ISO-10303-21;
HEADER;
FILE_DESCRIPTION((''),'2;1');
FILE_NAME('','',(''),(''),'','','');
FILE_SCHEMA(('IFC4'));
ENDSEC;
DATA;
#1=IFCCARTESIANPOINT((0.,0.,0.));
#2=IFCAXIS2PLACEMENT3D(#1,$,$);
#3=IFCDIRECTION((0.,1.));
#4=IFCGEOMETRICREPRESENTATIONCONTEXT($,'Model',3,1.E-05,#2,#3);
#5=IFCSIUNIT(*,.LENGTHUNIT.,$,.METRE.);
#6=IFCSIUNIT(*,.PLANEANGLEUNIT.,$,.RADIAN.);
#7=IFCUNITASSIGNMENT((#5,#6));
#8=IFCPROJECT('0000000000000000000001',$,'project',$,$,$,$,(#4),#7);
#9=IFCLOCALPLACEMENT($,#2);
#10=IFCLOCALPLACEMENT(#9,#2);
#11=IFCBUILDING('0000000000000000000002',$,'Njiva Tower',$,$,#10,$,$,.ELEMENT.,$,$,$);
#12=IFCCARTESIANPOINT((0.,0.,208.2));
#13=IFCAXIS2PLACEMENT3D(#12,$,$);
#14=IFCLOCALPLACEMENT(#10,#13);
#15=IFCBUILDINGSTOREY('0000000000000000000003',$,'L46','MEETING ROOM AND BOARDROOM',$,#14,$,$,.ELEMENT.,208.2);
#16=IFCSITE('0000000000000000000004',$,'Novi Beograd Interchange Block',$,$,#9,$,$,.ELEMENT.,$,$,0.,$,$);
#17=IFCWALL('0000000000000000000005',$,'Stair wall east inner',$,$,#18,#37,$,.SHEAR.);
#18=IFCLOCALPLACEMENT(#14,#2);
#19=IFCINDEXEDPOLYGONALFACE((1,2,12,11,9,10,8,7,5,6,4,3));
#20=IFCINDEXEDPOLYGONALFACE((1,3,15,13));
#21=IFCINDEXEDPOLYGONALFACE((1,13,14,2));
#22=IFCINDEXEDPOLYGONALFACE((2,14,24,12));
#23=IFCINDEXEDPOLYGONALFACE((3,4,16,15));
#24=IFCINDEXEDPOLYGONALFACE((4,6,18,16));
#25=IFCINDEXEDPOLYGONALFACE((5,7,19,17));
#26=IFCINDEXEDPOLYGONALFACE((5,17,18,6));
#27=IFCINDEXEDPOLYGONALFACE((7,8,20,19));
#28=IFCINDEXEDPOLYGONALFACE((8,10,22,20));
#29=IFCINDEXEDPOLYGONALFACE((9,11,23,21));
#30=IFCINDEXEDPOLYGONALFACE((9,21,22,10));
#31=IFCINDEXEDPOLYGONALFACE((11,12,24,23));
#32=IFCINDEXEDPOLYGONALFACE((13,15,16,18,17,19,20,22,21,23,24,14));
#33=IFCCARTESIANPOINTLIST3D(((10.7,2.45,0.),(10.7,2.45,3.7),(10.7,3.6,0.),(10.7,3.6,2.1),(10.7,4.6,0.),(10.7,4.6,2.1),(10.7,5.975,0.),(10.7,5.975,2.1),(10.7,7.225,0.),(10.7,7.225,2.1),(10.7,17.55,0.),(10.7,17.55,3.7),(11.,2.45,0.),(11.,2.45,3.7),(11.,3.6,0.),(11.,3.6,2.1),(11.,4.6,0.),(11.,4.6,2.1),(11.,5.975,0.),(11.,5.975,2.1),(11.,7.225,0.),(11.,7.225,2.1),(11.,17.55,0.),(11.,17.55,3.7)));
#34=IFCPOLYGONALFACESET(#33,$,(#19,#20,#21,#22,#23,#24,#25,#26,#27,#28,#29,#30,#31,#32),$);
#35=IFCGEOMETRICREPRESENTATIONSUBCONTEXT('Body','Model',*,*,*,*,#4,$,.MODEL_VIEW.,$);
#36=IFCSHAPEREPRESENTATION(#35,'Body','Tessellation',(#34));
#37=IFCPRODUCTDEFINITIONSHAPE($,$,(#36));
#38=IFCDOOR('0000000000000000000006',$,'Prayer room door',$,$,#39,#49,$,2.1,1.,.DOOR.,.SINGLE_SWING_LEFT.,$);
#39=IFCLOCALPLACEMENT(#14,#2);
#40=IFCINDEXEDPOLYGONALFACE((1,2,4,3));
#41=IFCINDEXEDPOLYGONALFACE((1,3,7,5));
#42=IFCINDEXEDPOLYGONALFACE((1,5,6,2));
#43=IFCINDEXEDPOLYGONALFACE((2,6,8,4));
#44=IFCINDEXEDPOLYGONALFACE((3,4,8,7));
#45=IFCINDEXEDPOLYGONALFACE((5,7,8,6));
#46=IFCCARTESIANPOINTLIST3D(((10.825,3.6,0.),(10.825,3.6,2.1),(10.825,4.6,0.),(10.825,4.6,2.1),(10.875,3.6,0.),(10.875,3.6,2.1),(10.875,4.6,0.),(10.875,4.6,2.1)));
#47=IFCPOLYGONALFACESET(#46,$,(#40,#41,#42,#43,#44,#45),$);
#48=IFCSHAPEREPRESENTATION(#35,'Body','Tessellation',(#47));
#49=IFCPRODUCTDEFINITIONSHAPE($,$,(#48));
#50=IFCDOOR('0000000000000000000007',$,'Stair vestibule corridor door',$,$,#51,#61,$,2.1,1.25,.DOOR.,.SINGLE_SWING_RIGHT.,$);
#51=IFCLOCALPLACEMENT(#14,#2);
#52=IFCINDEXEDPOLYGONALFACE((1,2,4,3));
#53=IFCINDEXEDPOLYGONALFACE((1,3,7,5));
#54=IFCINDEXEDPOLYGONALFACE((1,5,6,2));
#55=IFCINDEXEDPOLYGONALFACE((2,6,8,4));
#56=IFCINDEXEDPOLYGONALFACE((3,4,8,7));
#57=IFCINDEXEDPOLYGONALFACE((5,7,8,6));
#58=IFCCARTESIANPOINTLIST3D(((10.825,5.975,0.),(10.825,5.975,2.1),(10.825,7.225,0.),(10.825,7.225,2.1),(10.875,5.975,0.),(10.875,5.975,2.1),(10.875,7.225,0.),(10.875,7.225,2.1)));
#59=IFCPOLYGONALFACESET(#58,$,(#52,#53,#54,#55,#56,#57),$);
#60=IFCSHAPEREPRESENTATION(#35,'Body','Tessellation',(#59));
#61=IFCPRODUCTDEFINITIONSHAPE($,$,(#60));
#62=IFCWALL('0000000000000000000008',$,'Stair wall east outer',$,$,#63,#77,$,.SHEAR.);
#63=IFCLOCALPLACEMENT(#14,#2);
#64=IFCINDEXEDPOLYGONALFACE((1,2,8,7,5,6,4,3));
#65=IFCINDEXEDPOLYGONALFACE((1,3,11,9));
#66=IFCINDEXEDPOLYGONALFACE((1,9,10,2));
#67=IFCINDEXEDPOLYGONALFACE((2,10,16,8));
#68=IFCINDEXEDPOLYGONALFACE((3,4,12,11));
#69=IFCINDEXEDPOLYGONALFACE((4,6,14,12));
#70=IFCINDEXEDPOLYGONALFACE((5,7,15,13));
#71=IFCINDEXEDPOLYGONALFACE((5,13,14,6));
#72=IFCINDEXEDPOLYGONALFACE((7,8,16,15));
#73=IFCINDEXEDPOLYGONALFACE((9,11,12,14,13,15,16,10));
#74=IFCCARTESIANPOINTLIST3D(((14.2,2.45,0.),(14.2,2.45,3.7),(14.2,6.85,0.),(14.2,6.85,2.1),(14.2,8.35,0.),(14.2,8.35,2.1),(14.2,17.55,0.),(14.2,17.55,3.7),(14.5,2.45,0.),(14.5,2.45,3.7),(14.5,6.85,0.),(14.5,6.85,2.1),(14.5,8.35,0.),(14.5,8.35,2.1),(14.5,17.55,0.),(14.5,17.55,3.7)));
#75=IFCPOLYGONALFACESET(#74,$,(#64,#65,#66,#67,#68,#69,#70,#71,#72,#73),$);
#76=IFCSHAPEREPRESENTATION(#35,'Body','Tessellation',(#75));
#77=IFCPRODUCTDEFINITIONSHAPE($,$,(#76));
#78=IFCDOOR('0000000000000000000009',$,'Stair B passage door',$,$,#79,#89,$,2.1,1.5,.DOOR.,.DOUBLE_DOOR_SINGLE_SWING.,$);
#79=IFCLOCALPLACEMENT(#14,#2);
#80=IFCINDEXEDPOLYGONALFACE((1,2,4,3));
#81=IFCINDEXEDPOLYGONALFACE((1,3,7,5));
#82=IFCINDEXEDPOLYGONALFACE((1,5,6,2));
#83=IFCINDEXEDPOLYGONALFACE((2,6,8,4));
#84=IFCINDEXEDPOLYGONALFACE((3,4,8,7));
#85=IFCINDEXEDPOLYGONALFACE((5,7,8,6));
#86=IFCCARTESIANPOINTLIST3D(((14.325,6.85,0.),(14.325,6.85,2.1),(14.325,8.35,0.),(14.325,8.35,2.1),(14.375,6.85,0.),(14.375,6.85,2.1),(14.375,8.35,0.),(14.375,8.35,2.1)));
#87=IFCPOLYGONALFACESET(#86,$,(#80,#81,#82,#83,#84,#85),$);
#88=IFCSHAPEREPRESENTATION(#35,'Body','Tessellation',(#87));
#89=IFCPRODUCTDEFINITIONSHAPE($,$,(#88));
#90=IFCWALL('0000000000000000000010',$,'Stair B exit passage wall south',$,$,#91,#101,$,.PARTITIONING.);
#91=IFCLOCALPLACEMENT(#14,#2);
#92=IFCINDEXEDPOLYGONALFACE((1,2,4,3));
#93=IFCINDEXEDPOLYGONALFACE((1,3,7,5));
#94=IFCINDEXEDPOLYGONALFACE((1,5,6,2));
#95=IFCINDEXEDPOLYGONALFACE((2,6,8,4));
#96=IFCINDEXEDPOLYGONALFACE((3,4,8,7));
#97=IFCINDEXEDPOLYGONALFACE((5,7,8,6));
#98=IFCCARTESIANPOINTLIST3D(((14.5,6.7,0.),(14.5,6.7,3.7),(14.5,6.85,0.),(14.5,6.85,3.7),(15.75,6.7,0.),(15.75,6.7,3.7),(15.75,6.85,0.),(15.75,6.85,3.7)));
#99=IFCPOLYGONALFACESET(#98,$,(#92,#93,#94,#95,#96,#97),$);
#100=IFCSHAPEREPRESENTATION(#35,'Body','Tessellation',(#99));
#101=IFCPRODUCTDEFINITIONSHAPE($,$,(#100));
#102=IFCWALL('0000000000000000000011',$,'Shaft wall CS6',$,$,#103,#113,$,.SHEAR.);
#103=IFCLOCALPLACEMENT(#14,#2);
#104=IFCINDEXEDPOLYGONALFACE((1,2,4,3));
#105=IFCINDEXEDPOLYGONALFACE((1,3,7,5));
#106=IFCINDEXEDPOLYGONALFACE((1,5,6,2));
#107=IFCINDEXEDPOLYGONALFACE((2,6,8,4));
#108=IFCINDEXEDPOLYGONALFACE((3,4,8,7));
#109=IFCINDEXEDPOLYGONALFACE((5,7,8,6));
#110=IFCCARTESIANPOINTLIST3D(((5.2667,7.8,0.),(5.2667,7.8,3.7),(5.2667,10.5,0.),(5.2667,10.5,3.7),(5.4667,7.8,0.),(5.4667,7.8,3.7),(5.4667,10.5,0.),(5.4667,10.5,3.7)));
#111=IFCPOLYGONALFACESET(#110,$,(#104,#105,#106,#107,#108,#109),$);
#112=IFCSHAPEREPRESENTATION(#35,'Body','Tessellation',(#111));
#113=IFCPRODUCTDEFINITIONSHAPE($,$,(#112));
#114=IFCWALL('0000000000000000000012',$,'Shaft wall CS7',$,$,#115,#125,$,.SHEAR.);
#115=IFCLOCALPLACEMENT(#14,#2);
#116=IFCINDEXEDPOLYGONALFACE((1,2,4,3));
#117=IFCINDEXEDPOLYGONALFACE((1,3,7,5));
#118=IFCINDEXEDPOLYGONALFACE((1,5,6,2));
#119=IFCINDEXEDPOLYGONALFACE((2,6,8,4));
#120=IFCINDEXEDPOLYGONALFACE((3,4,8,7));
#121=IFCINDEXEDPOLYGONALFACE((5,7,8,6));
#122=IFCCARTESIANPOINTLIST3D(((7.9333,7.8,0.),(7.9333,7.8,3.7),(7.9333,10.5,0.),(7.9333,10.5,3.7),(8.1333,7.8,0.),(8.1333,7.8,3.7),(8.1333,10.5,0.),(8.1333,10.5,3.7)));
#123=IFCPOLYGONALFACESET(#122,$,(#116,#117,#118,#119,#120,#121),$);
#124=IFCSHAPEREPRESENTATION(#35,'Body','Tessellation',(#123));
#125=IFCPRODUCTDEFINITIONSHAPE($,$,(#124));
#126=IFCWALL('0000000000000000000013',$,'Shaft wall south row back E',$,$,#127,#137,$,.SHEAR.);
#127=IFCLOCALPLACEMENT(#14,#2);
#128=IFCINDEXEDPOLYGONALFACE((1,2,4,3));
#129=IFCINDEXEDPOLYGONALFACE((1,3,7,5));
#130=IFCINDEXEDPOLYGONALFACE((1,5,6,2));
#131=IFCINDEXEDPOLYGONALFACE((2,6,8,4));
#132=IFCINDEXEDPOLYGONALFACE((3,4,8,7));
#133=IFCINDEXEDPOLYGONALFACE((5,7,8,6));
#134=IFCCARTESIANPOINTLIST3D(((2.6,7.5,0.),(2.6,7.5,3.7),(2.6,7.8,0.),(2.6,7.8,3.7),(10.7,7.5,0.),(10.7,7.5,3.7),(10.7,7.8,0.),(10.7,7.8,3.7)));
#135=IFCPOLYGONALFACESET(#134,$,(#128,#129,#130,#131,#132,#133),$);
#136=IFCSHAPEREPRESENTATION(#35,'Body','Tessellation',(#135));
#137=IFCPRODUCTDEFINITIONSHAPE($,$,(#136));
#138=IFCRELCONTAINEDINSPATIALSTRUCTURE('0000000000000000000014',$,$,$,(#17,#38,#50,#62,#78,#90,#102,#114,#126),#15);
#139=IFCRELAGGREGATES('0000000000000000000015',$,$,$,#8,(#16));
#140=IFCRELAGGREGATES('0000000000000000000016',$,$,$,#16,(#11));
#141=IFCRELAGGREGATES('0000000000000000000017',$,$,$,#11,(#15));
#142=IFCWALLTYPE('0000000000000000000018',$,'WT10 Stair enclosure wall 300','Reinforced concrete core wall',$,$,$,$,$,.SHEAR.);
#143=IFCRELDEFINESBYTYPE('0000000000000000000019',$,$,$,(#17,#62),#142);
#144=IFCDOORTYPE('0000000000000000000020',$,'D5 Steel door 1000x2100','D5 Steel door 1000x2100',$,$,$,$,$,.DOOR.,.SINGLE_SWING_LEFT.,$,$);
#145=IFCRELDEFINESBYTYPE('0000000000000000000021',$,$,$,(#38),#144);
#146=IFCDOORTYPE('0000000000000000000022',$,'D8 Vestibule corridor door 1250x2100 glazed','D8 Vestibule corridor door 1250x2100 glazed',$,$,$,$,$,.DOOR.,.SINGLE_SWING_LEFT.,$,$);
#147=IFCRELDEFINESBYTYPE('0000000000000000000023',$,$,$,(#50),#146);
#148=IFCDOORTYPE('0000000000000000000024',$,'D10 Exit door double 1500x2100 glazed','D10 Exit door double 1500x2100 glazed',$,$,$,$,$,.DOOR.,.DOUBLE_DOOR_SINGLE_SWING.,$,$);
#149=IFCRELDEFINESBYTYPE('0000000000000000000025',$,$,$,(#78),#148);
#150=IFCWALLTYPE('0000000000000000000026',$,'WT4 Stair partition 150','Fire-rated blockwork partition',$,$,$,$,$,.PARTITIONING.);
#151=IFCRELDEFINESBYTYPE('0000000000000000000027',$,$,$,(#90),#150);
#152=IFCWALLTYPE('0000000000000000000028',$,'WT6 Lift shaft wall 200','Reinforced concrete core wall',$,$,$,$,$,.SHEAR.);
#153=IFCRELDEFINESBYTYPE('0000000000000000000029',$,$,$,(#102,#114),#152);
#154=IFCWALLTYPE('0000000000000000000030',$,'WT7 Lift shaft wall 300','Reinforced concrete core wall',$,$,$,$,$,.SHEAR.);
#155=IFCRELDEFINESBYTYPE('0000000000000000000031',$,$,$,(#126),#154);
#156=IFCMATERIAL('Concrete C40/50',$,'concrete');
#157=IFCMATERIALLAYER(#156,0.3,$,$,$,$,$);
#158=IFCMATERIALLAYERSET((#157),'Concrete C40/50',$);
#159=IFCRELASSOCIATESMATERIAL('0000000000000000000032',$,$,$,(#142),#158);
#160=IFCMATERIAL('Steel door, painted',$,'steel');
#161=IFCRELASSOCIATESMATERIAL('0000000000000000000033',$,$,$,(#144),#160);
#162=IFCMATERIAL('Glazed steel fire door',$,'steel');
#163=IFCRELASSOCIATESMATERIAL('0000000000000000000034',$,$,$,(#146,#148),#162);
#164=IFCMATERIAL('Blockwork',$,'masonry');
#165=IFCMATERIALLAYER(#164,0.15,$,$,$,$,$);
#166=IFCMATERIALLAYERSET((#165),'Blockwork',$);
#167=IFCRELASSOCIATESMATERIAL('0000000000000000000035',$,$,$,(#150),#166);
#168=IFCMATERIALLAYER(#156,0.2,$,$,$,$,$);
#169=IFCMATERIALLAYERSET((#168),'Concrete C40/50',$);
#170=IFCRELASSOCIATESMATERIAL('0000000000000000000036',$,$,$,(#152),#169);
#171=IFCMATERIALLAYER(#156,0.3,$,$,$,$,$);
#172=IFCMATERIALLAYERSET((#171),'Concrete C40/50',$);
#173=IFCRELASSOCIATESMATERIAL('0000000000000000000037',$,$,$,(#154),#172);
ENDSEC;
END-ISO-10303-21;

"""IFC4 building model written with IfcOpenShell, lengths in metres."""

from ifc_helpers import new_model, si_unit, direction, frame, frame_2d, origin, place, context, subcontext, project, spatial, rectangle, extrude, material, layer, layer_set, type_object, element, fill, save


model = new_model("IFC4")

# Units and contexts
model_context = context("Model", 3, precision=1e-05, world=origin(), true_north=direction((0.0, 1.0)))
body_context = subcontext(model_context, "Body", "Model", "MODEL_VIEW")
ifc_project = project(units=[si_unit("LENGTHUNIT", "METRE"), si_unit("PLANEANGLEUNIT", "RADIAN")], contexts=[model_context])

# Site, building, storey
site_placement = place(None, origin())
site = spatial("IfcSite", under=ifc_project, at=site_placement, Name="Novi Beograd Interchange Block", CompositionType="ELEMENT", RefElevation=0.0)
building_placement = place(site_placement, origin())
building = spatial("IfcBuilding", under=site, at=building_placement, Name="Njiva Tower", CompositionType="ELEMENT")
storey_placement = place(building_placement, frame((0.0, 0.0, 208.2)))
storey = spatial("IfcBuildingStorey", under=building, at=storey_placement, Name="L46", Description="MEETING ROOM AND BOARDROOM", CompositionType="ELEMENT", Elevation=208.2)

# Shared definitions
ifc_material_1 = material(Name="Blockwork", Category="masonry")

# Wall, openings, doors
ifc_material_2 = material(Name="Concrete C40/50", Category="concrete")
ifc_layer_1 = layer(ifc_material_2, 0.3)
ifc_layer_set_1 = layer_set([ifc_layer_1], Name="Concrete C40/50")
wall_type_1 = type_object("IfcWallType", Name="WT10 Stair enclosure wall 300", Description="Reinforced concrete core wall", PredefinedType="SHEAR", material=ifc_layer_set_1)
wall_1_placement = place(storey_placement, frame((10.85, 2.45, 0.0), z_axis=(0.0, 0.0, 1.0), x_axis=(0.0, 1.0, 0.0)))
wall_1 = element("IfcWall", 1, at=wall_1_placement, inside=storey, type_object=wall_type_1, Name="Stair wall east inner", PredefinedType="SHEAR", context=body_context, shape_type="SweptSolid", body=[
    extrude(rectangle(XDim=15.1, YDim=0.3, at=frame_2d((7.55, 0.0))), origin(), (0.0, 0.0, 1.0), 3.7),
])
opening_1_placement = place(wall_1_placement, frame((3.525, 0.0, 0.0)))
opening_1 = element("IfcOpeningElement", 2, at=opening_1_placement, cuts=wall_1, PredefinedType="OPENING", context=body_context, shape_type="SweptSolid", body=[
    extrude(rectangle(XDim=1.25, YDim=2.1, at=frame_2d((0.625, 1.05))), frame((0.0, 0.16, 0.0), z_axis=(0.0, -1.0, 0.0), x_axis=(1.0, 0.0, 0.0)), (0.0, 0.0, 1.0), 0.32),
])
opening_2_placement = place(wall_1_placement, frame((1.15, 0.0, 0.0)))
opening_2 = element("IfcOpeningElement", 3, at=opening_2_placement, cuts=wall_1, PredefinedType="OPENING", context=body_context, shape_type="SweptSolid", body=[
    extrude(rectangle(XDim=1.0, YDim=2.1, at=frame_2d((0.5, 1.05))), frame((0.0, 0.16, 0.0), z_axis=(0.0, -1.0, 0.0), x_axis=(1.0, 0.0, 0.0)), (0.0, 0.0, 1.0), 0.32),
])
ifc_material_3 = material(Name="Steel door, painted", Category="steel")
door_type_1 = type_object("IfcDoorType", Name="D5 Steel door 1000x2100", Description="D5 Steel door 1000x2100", OperationType="SINGLE_SWING_LEFT", PredefinedType="DOOR", material=ifc_material_3)
door_1_placement = place(opening_2_placement, origin())
door_1 = element("IfcDoor", 4, at=door_1_placement, inside=storey, type_object=door_type_1, Name="Prayer room door", OperationType="SINGLE_SWING_LEFT", OverallHeight=2.1, OverallWidth=1.0, PredefinedType="DOOR", context=body_context, shape_type="SweptSolid", body=[
    extrude(rectangle(XDim=1.0, YDim=2.1, at=frame_2d((0.5, 1.05))), frame((0.0, 0.025, 0.0), z_axis=(0.0, -1.0, 0.0), x_axis=(1.0, 0.0, 0.0)), (0.0, 0.0, 1.0), 0.05),
])
fill(opening_2, door_1)
ifc_material_4 = material(Name="Glazed steel fire door", Category="steel")
door_type_2 = type_object("IfcDoorType", Name="D8 Vestibule corridor door 1250x2100 glazed", Description="D8 Vestibule corridor door 1250x2100 glazed", OperationType="SINGLE_SWING_LEFT", PredefinedType="DOOR", material=ifc_material_4)
door_2_placement = place(opening_1_placement, origin())
door_2 = element("IfcDoor", 5, at=door_2_placement, inside=storey, type_object=door_type_2, Name="Stair vestibule corridor door", OperationType="SINGLE_SWING_RIGHT", OverallHeight=2.1, OverallWidth=1.25, PredefinedType="DOOR", context=body_context, shape_type="SweptSolid", body=[
    extrude(rectangle(XDim=1.25, YDim=2.1, at=frame_2d((0.625, 1.05))), frame((0.0, 0.025, 0.0), z_axis=(0.0, -1.0, 0.0), x_axis=(1.0, 0.0, 0.0)), (0.0, 0.0, 1.0), 0.05),
])
fill(opening_1, door_2)

# Wall, opening, door
wall_2_placement = place(storey_placement, frame((14.35, 2.45, 0.0), z_axis=(0.0, 0.0, 1.0), x_axis=(0.0, 1.0, 0.0)))
wall_2 = element("IfcWall", 6, at=wall_2_placement, inside=storey, type_object=wall_type_1, Name="Stair wall east outer", PredefinedType="SHEAR", context=body_context, shape_type="SweptSolid", body=[
    extrude(rectangle(XDim=15.1, YDim=0.3, at=frame_2d((7.55, 0.0))), origin(), (0.0, 0.0, 1.0), 3.7),
])
opening_3_placement = place(wall_2_placement, frame((4.4, 0.0, 0.0)))
opening_3 = element("IfcOpeningElement", 7, at=opening_3_placement, cuts=wall_2, PredefinedType="OPENING", context=body_context, shape_type="SweptSolid", body=[
    extrude(rectangle(XDim=1.5, YDim=2.1, at=frame_2d((0.75, 1.05))), frame((0.0, 0.16, 0.0), z_axis=(0.0, -1.0, 0.0), x_axis=(1.0, 0.0, 0.0)), (0.0, 0.0, 1.0), 0.32),
])
door_type_3 = type_object("IfcDoorType", Name="D10 Exit door double 1500x2100 glazed", Description="D10 Exit door double 1500x2100 glazed", OperationType="DOUBLE_DOOR_SINGLE_SWING", PredefinedType="DOOR", material=ifc_material_4)
door_3_placement = place(opening_3_placement, origin())
door_3 = element("IfcDoor", 8, at=door_3_placement, inside=storey, type_object=door_type_3, Name="Stair B passage door", OperationType="DOUBLE_DOOR_SINGLE_SWING", OverallHeight=2.1, OverallWidth=1.5, PredefinedType="DOOR", context=body_context, shape_type="SweptSolid", body=[
    extrude(rectangle(XDim=1.5, YDim=2.1, at=frame_2d((0.75, 1.05))), frame((0.0, 0.025, 0.0), z_axis=(0.0, -1.0, 0.0), x_axis=(1.0, 0.0, 0.0)), (0.0, 0.0, 1.0), 0.05),
])
fill(opening_3, door_3)

# Walls
ifc_layer_2 = layer(ifc_material_1, 0.15)
ifc_layer_set_2 = layer_set([ifc_layer_2], Name="Blockwork")
wall_type_2 = type_object("IfcWallType", Name="WT4 Stair partition 150", Description="Fire-rated blockwork partition", PredefinedType="PARTITIONING", material=ifc_layer_set_2)
wall_3_placement = place(storey_placement, frame((14.5, 6.775, 0.0), z_axis=(0.0, 0.0, 1.0), x_axis=(1.0, 0.0, 0.0)))
element("IfcWall", 9, at=wall_3_placement, inside=storey, type_object=wall_type_2, Name="Stair B exit passage wall south", PredefinedType="PARTITIONING", context=body_context, shape_type="SweptSolid", body=[
    extrude(rectangle(XDim=1.25, YDim=0.15, at=frame_2d((0.625, 0.0))), origin(), (0.0, 0.0, 1.0), 3.7),
])
ifc_layer_3 = layer(ifc_material_2, 0.2)
ifc_layer_set_3 = layer_set([ifc_layer_3], Name="Concrete C40/50")
wall_type_3 = type_object("IfcWallType", Name="WT6 Lift shaft wall 200", Description="Reinforced concrete core wall", PredefinedType="SHEAR", material=ifc_layer_set_3)
for number, where, z_axis, x_axis, name in (
    (10, (5.3667, 7.8, 0.0), (0.0, 0.0, 1.0), (0.0, 1.0, 0.0), "Shaft wall CS6"),
    (11, (8.0333, 7.8, 0.0), (0.0, 0.0, 1.0), (0.0, 1.0, 0.0), "Shaft wall CS7"),
):
    element("IfcWall", number, at=place(storey_placement, frame(where, z_axis=z_axis, x_axis=x_axis)), inside=storey, type_object=wall_type_3, Name=name, PredefinedType="SHEAR", context=body_context, shape_type="SweptSolid", body=[
        extrude(rectangle(XDim=2.7, YDim=0.2, at=frame_2d((1.35, 0.0))), origin(), (0.0, 0.0, 1.0), 3.7),
    ])
ifc_layer_4 = layer(ifc_material_2, 0.3)
ifc_layer_set_4 = layer_set([ifc_layer_4], Name="Concrete C40/50")
wall_type_4 = type_object("IfcWallType", Name="WT7 Lift shaft wall 300", Description="Reinforced concrete core wall", PredefinedType="SHEAR", material=ifc_layer_set_4)
wall_4_placement = place(storey_placement, frame((2.6, 7.65, 0.0), z_axis=(0.0, 0.0, 1.0), x_axis=(1.0, 0.0, 0.0)))
element("IfcWall", 12, at=wall_4_placement, inside=storey, type_object=wall_type_4, Name="Shaft wall south row back E", PredefinedType="SHEAR", context=body_context, shape_type="SweptSolid", body=[
    extrude(rectangle(XDim=8.1, YDim=0.3, at=frame_2d((4.05, 0.0))), origin(), (0.0, 0.0, 1.0), 3.7),
])

save(model, "model.ifc")
